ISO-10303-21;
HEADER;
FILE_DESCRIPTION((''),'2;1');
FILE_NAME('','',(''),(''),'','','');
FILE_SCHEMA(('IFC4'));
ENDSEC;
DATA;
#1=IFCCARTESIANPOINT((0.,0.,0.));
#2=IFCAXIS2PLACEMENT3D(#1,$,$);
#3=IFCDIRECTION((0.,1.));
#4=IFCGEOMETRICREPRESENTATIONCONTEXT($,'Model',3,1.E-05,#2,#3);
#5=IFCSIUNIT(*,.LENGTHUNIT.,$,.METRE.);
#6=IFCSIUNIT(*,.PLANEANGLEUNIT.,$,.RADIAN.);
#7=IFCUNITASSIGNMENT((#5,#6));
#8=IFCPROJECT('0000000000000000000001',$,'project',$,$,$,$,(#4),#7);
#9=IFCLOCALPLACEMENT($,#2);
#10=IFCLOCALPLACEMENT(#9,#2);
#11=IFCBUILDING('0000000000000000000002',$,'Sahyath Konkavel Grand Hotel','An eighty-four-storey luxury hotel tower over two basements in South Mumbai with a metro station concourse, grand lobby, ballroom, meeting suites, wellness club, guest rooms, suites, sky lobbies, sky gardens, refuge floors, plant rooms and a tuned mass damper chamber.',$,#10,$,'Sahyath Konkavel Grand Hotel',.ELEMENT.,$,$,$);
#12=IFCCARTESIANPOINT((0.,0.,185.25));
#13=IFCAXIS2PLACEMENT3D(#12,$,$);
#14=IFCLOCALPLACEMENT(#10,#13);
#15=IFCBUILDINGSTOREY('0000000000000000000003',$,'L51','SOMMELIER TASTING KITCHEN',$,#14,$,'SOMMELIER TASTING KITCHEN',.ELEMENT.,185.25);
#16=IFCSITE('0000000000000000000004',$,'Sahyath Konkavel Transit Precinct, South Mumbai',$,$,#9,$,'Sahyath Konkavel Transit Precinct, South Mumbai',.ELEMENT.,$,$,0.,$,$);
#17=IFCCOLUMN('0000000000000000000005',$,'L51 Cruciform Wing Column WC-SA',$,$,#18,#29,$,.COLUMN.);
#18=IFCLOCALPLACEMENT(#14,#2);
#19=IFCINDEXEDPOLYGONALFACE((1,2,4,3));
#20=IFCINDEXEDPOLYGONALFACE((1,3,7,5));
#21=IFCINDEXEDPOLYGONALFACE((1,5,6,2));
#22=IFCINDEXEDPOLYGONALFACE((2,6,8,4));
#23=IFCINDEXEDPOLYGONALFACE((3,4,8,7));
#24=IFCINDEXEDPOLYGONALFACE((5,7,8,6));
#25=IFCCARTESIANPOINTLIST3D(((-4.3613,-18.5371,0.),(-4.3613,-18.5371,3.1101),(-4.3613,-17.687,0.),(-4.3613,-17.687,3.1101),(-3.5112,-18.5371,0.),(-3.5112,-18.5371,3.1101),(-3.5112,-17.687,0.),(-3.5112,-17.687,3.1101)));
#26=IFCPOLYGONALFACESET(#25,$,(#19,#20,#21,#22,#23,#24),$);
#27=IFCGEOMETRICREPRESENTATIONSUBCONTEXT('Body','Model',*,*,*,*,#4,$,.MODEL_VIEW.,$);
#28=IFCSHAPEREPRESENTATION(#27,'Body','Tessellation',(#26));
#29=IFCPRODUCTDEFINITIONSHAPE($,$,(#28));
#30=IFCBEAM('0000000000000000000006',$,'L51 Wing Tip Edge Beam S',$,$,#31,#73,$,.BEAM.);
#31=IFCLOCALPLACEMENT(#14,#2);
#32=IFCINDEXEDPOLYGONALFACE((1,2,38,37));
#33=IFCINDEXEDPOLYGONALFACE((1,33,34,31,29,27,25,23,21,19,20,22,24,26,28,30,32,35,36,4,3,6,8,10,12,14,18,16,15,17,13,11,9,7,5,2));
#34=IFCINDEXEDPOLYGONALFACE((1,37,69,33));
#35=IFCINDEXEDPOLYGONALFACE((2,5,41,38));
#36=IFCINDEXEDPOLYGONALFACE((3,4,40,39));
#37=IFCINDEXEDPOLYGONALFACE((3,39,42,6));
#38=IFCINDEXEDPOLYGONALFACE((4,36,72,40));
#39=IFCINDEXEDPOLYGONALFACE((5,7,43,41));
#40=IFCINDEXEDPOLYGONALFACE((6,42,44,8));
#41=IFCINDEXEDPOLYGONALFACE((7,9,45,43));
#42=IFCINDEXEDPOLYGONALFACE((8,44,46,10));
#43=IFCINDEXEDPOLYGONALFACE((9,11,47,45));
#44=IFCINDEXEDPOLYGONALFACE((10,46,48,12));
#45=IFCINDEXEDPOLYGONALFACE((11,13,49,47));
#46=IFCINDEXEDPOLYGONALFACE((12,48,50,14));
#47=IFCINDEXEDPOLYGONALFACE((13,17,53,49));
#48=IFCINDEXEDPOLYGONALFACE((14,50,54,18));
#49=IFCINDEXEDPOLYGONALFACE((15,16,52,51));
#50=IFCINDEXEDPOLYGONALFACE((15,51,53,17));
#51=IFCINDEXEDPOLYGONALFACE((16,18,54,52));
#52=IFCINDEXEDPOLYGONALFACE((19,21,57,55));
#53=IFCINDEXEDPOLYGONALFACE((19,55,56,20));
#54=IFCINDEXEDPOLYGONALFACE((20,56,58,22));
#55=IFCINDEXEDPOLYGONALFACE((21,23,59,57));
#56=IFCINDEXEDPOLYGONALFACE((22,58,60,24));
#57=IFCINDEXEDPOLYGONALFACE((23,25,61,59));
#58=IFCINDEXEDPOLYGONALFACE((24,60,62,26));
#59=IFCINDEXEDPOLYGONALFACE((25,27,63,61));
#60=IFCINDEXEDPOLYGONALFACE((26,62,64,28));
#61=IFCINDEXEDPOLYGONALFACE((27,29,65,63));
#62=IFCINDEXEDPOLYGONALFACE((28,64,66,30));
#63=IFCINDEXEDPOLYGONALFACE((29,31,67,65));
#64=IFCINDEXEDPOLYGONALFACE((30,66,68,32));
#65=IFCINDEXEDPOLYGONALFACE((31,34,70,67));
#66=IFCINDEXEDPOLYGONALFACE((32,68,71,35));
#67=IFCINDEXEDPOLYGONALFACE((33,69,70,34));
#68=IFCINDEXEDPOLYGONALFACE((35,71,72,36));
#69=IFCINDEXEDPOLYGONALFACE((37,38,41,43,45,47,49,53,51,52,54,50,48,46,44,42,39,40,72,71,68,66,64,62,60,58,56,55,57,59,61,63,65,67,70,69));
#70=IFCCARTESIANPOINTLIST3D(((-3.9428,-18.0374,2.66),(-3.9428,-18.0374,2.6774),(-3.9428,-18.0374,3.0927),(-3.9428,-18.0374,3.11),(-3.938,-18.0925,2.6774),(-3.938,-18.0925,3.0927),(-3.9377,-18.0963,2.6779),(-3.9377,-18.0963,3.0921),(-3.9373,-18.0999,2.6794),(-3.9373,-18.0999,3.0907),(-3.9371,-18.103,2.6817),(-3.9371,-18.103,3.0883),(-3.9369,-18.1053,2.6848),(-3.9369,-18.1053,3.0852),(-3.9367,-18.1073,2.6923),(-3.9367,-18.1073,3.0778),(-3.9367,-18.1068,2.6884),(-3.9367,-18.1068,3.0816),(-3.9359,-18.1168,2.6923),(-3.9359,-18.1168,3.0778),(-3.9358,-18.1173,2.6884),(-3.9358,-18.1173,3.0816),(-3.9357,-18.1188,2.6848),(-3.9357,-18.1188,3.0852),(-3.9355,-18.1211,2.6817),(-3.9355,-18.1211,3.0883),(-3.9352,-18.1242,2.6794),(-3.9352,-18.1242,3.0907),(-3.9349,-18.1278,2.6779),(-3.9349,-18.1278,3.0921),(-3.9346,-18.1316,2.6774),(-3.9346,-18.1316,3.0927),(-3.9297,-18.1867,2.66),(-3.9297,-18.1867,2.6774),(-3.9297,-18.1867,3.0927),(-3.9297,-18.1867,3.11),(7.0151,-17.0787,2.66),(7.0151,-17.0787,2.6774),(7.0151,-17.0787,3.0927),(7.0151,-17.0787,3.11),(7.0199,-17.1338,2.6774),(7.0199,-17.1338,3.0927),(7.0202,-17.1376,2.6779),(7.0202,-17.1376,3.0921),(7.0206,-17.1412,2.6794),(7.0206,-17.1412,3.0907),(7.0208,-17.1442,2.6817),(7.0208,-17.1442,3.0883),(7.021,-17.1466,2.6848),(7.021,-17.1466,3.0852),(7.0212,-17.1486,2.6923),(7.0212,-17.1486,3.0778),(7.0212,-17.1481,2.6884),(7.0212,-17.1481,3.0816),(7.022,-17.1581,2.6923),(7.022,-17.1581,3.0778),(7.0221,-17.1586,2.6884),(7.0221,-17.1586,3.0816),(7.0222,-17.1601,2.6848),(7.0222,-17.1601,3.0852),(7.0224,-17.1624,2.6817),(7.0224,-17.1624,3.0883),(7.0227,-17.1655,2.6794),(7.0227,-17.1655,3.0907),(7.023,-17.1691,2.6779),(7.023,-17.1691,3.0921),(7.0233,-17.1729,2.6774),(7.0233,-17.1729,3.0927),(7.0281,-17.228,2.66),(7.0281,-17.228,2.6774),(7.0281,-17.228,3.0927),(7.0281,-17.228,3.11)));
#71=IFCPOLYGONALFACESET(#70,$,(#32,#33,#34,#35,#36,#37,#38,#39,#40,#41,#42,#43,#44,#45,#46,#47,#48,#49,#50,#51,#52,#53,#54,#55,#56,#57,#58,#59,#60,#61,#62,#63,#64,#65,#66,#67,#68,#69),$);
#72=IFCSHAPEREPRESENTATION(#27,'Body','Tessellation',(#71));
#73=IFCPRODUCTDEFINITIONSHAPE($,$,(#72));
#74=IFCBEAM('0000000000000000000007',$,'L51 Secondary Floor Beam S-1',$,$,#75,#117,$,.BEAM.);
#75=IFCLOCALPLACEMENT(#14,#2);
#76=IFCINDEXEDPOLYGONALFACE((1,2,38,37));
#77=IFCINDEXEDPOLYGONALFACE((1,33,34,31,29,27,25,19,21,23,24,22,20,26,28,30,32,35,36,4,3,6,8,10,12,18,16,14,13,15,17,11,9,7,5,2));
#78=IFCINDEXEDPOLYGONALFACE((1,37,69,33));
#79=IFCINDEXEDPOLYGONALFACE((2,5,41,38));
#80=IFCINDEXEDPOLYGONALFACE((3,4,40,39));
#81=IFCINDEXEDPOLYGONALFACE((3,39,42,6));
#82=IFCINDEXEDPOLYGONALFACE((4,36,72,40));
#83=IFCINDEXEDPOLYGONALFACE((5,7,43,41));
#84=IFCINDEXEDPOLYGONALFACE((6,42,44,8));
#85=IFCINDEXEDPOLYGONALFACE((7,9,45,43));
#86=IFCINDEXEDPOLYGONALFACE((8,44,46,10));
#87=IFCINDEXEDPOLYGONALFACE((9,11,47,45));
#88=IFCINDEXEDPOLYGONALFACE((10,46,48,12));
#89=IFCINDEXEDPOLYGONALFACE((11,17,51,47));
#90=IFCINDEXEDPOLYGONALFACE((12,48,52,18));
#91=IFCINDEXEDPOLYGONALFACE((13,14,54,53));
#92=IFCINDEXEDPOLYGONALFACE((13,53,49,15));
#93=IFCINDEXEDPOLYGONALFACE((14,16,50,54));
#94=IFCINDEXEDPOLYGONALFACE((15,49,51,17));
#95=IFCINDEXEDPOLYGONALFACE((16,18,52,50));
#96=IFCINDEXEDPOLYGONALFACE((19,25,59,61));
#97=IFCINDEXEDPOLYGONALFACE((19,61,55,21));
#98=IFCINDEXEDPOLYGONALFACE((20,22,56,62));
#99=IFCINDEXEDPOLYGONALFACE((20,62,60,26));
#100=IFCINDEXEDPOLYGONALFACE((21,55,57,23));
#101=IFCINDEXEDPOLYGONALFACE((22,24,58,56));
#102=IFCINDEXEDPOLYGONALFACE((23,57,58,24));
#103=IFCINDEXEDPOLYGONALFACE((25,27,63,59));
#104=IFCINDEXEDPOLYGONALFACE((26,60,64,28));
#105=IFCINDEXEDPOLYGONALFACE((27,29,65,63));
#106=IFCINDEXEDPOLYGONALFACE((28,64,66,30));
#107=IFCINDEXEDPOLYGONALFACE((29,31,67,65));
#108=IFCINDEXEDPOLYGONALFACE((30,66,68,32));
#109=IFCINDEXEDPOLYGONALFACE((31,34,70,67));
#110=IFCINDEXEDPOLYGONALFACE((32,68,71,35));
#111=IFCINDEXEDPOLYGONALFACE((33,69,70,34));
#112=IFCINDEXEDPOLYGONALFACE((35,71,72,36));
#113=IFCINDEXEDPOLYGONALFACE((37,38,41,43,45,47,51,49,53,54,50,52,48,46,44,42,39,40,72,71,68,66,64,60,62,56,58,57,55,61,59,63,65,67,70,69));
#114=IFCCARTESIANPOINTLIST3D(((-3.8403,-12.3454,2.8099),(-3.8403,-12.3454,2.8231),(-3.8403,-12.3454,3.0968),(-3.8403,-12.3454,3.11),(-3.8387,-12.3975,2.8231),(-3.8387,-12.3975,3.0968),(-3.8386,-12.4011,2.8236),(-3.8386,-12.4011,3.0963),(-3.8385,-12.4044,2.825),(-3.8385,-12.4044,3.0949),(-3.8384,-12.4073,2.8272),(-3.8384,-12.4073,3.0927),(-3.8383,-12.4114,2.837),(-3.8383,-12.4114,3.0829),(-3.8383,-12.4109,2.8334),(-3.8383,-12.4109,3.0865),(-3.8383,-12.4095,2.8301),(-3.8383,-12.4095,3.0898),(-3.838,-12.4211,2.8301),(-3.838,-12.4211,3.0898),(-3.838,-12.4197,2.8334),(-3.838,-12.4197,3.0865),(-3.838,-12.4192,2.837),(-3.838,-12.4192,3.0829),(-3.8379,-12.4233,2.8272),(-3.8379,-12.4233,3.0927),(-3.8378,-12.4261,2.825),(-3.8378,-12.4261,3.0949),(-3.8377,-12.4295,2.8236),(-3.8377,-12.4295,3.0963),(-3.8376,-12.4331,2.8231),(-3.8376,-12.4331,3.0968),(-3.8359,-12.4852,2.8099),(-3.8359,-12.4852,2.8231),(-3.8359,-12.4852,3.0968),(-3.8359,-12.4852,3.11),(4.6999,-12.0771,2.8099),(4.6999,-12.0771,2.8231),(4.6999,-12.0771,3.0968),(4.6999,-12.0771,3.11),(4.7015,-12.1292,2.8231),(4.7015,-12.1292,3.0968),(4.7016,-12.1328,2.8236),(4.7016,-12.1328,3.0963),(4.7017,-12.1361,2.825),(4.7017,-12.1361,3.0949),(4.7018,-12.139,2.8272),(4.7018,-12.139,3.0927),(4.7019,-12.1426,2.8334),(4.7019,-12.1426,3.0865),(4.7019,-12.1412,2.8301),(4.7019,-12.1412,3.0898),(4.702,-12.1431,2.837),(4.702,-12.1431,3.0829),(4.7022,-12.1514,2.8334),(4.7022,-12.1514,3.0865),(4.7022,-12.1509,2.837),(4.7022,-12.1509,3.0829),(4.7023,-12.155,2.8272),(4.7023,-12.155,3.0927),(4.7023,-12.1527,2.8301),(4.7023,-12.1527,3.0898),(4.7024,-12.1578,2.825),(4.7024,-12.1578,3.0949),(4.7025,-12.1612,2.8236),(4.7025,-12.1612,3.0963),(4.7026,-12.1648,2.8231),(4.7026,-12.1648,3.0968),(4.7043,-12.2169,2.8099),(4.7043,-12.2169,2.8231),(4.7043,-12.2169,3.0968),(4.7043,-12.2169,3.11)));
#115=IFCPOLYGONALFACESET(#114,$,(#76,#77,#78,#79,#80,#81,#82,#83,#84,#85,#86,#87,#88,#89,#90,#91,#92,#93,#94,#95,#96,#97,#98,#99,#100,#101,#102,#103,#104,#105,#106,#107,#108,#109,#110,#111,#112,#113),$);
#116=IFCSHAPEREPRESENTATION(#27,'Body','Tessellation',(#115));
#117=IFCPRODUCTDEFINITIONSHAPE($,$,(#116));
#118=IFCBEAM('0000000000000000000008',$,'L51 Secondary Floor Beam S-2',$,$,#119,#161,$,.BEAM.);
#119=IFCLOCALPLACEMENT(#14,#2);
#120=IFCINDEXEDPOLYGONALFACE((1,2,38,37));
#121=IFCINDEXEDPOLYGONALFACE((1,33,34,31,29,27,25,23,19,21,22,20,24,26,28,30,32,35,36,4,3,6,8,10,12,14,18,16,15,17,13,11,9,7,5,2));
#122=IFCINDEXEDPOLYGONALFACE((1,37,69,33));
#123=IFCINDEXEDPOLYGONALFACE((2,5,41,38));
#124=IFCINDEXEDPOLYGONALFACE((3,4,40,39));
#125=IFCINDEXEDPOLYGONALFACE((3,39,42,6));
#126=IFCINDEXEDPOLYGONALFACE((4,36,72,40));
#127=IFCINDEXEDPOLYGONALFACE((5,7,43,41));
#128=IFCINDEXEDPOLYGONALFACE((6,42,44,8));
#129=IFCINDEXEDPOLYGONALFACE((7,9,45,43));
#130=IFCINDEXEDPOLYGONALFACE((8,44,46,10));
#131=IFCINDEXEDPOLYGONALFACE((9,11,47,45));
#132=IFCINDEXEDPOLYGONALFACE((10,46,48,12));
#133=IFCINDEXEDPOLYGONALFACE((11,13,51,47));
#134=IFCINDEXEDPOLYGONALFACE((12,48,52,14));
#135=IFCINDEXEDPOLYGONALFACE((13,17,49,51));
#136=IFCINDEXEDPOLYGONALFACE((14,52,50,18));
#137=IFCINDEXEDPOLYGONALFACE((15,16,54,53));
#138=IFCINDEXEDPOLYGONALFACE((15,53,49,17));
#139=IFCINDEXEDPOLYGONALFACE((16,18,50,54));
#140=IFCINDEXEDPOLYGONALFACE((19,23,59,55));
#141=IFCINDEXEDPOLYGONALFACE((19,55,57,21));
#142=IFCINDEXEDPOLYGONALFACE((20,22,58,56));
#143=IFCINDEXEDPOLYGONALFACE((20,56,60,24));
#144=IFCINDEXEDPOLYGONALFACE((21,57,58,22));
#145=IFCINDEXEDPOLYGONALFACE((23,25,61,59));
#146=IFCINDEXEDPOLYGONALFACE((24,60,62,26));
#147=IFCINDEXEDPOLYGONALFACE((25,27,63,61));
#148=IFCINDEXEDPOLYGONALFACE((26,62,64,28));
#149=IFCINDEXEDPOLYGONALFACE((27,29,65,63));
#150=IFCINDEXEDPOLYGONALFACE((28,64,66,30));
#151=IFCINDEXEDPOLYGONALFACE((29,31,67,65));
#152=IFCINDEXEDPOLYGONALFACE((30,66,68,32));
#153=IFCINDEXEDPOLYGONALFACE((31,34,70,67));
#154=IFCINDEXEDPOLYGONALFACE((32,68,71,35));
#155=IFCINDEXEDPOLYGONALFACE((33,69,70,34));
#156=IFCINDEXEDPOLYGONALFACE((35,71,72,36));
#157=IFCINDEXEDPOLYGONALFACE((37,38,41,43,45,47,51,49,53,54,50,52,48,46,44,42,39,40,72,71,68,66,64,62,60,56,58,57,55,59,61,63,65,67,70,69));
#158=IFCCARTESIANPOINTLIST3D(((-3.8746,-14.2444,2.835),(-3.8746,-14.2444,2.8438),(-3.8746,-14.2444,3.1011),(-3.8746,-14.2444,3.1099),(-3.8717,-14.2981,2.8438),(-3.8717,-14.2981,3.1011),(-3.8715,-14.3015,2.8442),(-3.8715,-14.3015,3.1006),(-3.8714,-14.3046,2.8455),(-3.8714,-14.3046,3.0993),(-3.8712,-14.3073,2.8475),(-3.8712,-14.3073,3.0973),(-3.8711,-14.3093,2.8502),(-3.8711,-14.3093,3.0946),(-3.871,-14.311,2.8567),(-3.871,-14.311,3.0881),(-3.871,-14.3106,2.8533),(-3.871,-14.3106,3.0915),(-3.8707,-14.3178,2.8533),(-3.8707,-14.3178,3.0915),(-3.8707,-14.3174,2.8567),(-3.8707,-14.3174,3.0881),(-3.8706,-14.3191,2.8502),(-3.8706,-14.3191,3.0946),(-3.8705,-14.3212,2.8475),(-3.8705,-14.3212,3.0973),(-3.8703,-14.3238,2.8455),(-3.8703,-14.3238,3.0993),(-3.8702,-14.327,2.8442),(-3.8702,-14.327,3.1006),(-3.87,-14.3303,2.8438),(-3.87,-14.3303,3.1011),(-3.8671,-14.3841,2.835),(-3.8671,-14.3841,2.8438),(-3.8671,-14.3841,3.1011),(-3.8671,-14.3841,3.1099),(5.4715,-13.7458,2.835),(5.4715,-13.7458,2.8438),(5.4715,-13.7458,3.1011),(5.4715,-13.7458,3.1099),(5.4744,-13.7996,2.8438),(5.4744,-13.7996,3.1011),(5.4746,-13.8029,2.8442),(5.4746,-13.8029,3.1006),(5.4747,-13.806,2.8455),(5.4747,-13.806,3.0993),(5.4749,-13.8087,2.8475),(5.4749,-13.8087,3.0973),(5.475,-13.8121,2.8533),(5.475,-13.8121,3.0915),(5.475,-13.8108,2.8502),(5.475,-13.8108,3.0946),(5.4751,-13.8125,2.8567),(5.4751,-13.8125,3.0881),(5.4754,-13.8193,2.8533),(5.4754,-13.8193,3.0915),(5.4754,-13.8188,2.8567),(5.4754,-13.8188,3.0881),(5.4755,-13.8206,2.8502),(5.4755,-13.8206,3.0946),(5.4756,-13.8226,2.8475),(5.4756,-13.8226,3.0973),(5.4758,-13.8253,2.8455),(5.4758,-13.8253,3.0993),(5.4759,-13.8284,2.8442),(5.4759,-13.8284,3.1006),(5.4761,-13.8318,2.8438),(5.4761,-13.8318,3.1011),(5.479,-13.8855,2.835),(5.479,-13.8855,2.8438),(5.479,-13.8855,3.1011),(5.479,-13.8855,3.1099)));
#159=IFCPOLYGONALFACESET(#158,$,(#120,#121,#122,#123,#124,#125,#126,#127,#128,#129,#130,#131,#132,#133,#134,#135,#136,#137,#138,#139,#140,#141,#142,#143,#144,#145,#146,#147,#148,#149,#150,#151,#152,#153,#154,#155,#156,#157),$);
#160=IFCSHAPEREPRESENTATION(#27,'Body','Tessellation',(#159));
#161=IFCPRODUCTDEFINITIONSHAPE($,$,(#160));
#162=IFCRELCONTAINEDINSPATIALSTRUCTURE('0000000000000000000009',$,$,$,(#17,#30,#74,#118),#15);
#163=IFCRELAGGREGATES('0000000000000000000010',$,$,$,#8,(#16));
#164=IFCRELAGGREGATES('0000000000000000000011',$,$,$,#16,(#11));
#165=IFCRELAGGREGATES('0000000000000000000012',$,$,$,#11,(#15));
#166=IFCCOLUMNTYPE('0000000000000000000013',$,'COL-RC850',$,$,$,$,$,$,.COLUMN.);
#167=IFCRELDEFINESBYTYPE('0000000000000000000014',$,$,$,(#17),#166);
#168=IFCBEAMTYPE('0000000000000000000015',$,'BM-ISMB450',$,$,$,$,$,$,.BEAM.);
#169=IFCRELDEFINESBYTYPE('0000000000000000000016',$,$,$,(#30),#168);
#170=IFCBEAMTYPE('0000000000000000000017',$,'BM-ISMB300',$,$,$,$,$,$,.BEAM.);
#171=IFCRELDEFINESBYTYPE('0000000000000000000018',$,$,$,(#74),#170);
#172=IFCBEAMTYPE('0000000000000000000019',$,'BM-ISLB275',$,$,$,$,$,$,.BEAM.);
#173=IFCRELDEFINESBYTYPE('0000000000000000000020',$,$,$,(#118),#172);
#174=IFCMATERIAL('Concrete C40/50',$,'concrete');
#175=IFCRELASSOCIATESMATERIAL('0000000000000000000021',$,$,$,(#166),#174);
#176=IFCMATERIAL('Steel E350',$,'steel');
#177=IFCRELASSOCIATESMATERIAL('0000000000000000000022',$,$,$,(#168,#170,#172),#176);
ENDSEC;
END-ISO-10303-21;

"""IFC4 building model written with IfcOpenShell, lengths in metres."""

from ifc_helpers import new_model, si_unit, direction, frame, origin, origin_2d, place, context, subcontext, project, spatial, rectangle, i_section, extrude, source, transform, mapped, material, material_profile, profile_set, type_object, element, save


model = new_model("IFC4")

# Units and contexts
model_context = context("Model", 3, precision=1e-05, world=origin(), true_north=direction((0.0, 1.0)))
body_context = subcontext(model_context, "Body", "Model", "MODEL_VIEW")
ifc_project = project(units=[si_unit("LENGTHUNIT", "METRE"), si_unit("PLANEANGLEUNIT", "RADIAN")], contexts=[model_context])

# Site, building, storey
site_placement = place(None, origin())
site = spatial("IfcSite", under=ifc_project, at=site_placement, Name="Sahyath Konkavel Transit Precinct, South Mumbai", LongName="Sahyath Konkavel Transit Precinct, South Mumbai", CompositionType="ELEMENT", RefElevation=0.0)
building_placement = place(site_placement, origin())
building = spatial("IfcBuilding", under=site, at=building_placement, Name="Sahyath Konkavel Grand Hotel", Description="An eighty-four-storey luxury hotel tower over two basements in South Mumbai with a metro station concourse, grand lobby, ballroom, meeting suites, wellness club, guest rooms, suites, sky lobbies, sky gardens, refuge floors, plant rooms and a tuned mass damper chamber.", LongName="Sahyath Konkavel Grand Hotel", CompositionType="ELEMENT")
storey_placement = place(building_placement, frame((0.0, 0.0, 185.25)))
storey = spatial("IfcBuildingStorey", under=building, at=storey_placement, Name="L51", Description="SOMMELIER TASTING KITCHEN", LongName="SOMMELIER TASTING KITCHEN", CompositionType="ELEMENT", Elevation=185.25)

# Column
ifc_material_1 = material(Name="Concrete C40/50", Category="concrete")
ifc_material_profile_1 = material_profile(ifc_material_1, rectangle(XDim=0.8501, YDim=0.8501, at=origin_2d()), Name="RC 850x850")
ifc_profile_set_1 = profile_set([ifc_material_profile_1], Name="Concrete C40/50")
column_type = type_object("IfcColumnType", Name="COL-RC850", PredefinedType="COLUMN", material=ifc_profile_set_1)
shared_shape_1 = source(origin(), body_context, "Body", "SweptSolid", [
    extrude(rectangle(XDim=0.8501, YDim=0.8501, at=origin_2d()), origin(), (0.0, 0.0, 1.0), 3.1101),
])
column_placement = place(storey_placement, frame((-3.9363, -18.1121, 0.0), z_axis=(0.0, 0.0, 1.0), x_axis=(1.0, 0.0, 0.0)))
element("IfcColumn", 1, at=column_placement, inside=storey, type_object=column_type, Name="L51 Cruciform Wing Column WC-SA", PredefinedType="COLUMN", context=body_context, shape_type="MappedRepresentation", body=[
    mapped(shared_shape_1, transform((0.0, 0.0, 0.0), scale=1.0)),
])

# Beams
ifc_material_2 = material(Name="Steel E350", Category="steel")
ifc_material_profile_2 = material_profile(ifc_material_2, i_section(OverallWidth=0.1499, OverallDepth=0.45, WebThickness=0.0095, FlangeThickness=0.0173, FilletRadius=0.0149, at=origin_2d()), Name="ISMB 450")
ifc_profile_set_2 = profile_set([ifc_material_profile_2], Name="Steel E350")
beam_type_1 = type_object("IfcBeamType", Name="BM-ISMB450", PredefinedType="BEAM", material=ifc_profile_set_2)
shared_shape_2 = source(origin(), body_context, "Body", "SweptSolid", [
    extrude(i_section(OverallWidth=0.1499, OverallDepth=0.45, WebThickness=0.0095, FlangeThickness=0.0173, FilletRadius=0.0149, at=origin_2d()), origin(), (0.0, 0.0, 1.0), 10.9998),
])
beam_1_placement = place(storey_placement, frame((-3.9363, -18.1121, 2.885), z_axis=(0.996194, 0.087159, 0.0), x_axis=(-0.087159, 0.996194, 0.0)))
element("IfcBeam", 2, at=beam_1_placement, inside=storey, type_object=beam_type_1, Name="L51 Wing Tip Edge Beam S", PredefinedType="BEAM", context=body_context, shape_type="MappedRepresentation", body=[
    mapped(shared_shape_2, transform((0.0, 0.0, 0.0), scale=1.0)),
])
ifc_material_profile_3 = material_profile(ifc_material_2, i_section(OverallWidth=0.1399, OverallDepth=0.3, WebThickness=0.0078, FlangeThickness=0.0132, FilletRadius=0.0139, at=origin_2d()), Name="ISMB 300")
ifc_profile_set_3 = profile_set([ifc_material_profile_3], Name="Steel E350")
beam_type_2 = type_object("IfcBeamType", Name="BM-ISMB300", PredefinedType="BEAM", material=ifc_profile_set_3)
shared_shape_3 = source(origin(), body_context, "Body", "SweptSolid", [
    extrude(i_section(OverallWidth=0.1399, OverallDepth=0.3, WebThickness=0.0078, FlangeThickness=0.0132, FilletRadius=0.0139, at=origin_2d()), origin(), (0.0, 0.0, 1.0), 8.5444),
])
beam_2_placement = place(storey_placement, frame((-3.8381, -12.4153, 2.96), z_axis=(0.999507, 0.031402, 0.0), x_axis=(-0.031402, 0.999507, 0.0)))
element("IfcBeam", 3, at=beam_2_placement, inside=storey, type_object=beam_type_2, Name="L51 Secondary Floor Beam S-1", PredefinedType="BEAM", context=body_context, shape_type="MappedRepresentation", body=[
    mapped(shared_shape_3, transform((0.0, 0.0, 0.0), scale=1.0)),
])
ifc_material_profile_4 = material_profile(ifc_material_2, i_section(OverallWidth=0.1399, OverallDepth=0.2749, WebThickness=0.0063, FlangeThickness=0.0088, FilletRadius=0.0129, at=origin_2d()), Name="ISLB 275")
ifc_profile_set_4 = profile_set([ifc_material_profile_4], Name="Steel E350")
beam_type_3 = type_object("IfcBeamType", Name="BM-ISLB275", PredefinedType="BEAM", material=ifc_profile_set_4)
shared_shape_4 = source(origin(), body_context, "Body", "SweptSolid", [
    extrude(i_section(OverallWidth=0.1399, OverallDepth=0.2749, WebThickness=0.0063, FlangeThickness=0.0088, FilletRadius=0.0129, at=origin_2d()), origin(), (0.0, 0.0, 1.0), 9.3594),
])
beam_3_placement = place(storey_placement, frame((-3.8708, -14.3142, 2.9724), z_axis=(0.99858, 0.053265, 0.0), x_axis=(-0.053265, 0.99858, 0.0)))
element("IfcBeam", 4, at=beam_3_placement, inside=storey, type_object=beam_type_3, Name="L51 Secondary Floor Beam S-2", PredefinedType="BEAM", context=body_context, shape_type="MappedRepresentation", body=[
    mapped(shared_shape_4, transform((0.0, 0.0, 0.0), scale=1.0)),
])

save(model, "model.ifc")
